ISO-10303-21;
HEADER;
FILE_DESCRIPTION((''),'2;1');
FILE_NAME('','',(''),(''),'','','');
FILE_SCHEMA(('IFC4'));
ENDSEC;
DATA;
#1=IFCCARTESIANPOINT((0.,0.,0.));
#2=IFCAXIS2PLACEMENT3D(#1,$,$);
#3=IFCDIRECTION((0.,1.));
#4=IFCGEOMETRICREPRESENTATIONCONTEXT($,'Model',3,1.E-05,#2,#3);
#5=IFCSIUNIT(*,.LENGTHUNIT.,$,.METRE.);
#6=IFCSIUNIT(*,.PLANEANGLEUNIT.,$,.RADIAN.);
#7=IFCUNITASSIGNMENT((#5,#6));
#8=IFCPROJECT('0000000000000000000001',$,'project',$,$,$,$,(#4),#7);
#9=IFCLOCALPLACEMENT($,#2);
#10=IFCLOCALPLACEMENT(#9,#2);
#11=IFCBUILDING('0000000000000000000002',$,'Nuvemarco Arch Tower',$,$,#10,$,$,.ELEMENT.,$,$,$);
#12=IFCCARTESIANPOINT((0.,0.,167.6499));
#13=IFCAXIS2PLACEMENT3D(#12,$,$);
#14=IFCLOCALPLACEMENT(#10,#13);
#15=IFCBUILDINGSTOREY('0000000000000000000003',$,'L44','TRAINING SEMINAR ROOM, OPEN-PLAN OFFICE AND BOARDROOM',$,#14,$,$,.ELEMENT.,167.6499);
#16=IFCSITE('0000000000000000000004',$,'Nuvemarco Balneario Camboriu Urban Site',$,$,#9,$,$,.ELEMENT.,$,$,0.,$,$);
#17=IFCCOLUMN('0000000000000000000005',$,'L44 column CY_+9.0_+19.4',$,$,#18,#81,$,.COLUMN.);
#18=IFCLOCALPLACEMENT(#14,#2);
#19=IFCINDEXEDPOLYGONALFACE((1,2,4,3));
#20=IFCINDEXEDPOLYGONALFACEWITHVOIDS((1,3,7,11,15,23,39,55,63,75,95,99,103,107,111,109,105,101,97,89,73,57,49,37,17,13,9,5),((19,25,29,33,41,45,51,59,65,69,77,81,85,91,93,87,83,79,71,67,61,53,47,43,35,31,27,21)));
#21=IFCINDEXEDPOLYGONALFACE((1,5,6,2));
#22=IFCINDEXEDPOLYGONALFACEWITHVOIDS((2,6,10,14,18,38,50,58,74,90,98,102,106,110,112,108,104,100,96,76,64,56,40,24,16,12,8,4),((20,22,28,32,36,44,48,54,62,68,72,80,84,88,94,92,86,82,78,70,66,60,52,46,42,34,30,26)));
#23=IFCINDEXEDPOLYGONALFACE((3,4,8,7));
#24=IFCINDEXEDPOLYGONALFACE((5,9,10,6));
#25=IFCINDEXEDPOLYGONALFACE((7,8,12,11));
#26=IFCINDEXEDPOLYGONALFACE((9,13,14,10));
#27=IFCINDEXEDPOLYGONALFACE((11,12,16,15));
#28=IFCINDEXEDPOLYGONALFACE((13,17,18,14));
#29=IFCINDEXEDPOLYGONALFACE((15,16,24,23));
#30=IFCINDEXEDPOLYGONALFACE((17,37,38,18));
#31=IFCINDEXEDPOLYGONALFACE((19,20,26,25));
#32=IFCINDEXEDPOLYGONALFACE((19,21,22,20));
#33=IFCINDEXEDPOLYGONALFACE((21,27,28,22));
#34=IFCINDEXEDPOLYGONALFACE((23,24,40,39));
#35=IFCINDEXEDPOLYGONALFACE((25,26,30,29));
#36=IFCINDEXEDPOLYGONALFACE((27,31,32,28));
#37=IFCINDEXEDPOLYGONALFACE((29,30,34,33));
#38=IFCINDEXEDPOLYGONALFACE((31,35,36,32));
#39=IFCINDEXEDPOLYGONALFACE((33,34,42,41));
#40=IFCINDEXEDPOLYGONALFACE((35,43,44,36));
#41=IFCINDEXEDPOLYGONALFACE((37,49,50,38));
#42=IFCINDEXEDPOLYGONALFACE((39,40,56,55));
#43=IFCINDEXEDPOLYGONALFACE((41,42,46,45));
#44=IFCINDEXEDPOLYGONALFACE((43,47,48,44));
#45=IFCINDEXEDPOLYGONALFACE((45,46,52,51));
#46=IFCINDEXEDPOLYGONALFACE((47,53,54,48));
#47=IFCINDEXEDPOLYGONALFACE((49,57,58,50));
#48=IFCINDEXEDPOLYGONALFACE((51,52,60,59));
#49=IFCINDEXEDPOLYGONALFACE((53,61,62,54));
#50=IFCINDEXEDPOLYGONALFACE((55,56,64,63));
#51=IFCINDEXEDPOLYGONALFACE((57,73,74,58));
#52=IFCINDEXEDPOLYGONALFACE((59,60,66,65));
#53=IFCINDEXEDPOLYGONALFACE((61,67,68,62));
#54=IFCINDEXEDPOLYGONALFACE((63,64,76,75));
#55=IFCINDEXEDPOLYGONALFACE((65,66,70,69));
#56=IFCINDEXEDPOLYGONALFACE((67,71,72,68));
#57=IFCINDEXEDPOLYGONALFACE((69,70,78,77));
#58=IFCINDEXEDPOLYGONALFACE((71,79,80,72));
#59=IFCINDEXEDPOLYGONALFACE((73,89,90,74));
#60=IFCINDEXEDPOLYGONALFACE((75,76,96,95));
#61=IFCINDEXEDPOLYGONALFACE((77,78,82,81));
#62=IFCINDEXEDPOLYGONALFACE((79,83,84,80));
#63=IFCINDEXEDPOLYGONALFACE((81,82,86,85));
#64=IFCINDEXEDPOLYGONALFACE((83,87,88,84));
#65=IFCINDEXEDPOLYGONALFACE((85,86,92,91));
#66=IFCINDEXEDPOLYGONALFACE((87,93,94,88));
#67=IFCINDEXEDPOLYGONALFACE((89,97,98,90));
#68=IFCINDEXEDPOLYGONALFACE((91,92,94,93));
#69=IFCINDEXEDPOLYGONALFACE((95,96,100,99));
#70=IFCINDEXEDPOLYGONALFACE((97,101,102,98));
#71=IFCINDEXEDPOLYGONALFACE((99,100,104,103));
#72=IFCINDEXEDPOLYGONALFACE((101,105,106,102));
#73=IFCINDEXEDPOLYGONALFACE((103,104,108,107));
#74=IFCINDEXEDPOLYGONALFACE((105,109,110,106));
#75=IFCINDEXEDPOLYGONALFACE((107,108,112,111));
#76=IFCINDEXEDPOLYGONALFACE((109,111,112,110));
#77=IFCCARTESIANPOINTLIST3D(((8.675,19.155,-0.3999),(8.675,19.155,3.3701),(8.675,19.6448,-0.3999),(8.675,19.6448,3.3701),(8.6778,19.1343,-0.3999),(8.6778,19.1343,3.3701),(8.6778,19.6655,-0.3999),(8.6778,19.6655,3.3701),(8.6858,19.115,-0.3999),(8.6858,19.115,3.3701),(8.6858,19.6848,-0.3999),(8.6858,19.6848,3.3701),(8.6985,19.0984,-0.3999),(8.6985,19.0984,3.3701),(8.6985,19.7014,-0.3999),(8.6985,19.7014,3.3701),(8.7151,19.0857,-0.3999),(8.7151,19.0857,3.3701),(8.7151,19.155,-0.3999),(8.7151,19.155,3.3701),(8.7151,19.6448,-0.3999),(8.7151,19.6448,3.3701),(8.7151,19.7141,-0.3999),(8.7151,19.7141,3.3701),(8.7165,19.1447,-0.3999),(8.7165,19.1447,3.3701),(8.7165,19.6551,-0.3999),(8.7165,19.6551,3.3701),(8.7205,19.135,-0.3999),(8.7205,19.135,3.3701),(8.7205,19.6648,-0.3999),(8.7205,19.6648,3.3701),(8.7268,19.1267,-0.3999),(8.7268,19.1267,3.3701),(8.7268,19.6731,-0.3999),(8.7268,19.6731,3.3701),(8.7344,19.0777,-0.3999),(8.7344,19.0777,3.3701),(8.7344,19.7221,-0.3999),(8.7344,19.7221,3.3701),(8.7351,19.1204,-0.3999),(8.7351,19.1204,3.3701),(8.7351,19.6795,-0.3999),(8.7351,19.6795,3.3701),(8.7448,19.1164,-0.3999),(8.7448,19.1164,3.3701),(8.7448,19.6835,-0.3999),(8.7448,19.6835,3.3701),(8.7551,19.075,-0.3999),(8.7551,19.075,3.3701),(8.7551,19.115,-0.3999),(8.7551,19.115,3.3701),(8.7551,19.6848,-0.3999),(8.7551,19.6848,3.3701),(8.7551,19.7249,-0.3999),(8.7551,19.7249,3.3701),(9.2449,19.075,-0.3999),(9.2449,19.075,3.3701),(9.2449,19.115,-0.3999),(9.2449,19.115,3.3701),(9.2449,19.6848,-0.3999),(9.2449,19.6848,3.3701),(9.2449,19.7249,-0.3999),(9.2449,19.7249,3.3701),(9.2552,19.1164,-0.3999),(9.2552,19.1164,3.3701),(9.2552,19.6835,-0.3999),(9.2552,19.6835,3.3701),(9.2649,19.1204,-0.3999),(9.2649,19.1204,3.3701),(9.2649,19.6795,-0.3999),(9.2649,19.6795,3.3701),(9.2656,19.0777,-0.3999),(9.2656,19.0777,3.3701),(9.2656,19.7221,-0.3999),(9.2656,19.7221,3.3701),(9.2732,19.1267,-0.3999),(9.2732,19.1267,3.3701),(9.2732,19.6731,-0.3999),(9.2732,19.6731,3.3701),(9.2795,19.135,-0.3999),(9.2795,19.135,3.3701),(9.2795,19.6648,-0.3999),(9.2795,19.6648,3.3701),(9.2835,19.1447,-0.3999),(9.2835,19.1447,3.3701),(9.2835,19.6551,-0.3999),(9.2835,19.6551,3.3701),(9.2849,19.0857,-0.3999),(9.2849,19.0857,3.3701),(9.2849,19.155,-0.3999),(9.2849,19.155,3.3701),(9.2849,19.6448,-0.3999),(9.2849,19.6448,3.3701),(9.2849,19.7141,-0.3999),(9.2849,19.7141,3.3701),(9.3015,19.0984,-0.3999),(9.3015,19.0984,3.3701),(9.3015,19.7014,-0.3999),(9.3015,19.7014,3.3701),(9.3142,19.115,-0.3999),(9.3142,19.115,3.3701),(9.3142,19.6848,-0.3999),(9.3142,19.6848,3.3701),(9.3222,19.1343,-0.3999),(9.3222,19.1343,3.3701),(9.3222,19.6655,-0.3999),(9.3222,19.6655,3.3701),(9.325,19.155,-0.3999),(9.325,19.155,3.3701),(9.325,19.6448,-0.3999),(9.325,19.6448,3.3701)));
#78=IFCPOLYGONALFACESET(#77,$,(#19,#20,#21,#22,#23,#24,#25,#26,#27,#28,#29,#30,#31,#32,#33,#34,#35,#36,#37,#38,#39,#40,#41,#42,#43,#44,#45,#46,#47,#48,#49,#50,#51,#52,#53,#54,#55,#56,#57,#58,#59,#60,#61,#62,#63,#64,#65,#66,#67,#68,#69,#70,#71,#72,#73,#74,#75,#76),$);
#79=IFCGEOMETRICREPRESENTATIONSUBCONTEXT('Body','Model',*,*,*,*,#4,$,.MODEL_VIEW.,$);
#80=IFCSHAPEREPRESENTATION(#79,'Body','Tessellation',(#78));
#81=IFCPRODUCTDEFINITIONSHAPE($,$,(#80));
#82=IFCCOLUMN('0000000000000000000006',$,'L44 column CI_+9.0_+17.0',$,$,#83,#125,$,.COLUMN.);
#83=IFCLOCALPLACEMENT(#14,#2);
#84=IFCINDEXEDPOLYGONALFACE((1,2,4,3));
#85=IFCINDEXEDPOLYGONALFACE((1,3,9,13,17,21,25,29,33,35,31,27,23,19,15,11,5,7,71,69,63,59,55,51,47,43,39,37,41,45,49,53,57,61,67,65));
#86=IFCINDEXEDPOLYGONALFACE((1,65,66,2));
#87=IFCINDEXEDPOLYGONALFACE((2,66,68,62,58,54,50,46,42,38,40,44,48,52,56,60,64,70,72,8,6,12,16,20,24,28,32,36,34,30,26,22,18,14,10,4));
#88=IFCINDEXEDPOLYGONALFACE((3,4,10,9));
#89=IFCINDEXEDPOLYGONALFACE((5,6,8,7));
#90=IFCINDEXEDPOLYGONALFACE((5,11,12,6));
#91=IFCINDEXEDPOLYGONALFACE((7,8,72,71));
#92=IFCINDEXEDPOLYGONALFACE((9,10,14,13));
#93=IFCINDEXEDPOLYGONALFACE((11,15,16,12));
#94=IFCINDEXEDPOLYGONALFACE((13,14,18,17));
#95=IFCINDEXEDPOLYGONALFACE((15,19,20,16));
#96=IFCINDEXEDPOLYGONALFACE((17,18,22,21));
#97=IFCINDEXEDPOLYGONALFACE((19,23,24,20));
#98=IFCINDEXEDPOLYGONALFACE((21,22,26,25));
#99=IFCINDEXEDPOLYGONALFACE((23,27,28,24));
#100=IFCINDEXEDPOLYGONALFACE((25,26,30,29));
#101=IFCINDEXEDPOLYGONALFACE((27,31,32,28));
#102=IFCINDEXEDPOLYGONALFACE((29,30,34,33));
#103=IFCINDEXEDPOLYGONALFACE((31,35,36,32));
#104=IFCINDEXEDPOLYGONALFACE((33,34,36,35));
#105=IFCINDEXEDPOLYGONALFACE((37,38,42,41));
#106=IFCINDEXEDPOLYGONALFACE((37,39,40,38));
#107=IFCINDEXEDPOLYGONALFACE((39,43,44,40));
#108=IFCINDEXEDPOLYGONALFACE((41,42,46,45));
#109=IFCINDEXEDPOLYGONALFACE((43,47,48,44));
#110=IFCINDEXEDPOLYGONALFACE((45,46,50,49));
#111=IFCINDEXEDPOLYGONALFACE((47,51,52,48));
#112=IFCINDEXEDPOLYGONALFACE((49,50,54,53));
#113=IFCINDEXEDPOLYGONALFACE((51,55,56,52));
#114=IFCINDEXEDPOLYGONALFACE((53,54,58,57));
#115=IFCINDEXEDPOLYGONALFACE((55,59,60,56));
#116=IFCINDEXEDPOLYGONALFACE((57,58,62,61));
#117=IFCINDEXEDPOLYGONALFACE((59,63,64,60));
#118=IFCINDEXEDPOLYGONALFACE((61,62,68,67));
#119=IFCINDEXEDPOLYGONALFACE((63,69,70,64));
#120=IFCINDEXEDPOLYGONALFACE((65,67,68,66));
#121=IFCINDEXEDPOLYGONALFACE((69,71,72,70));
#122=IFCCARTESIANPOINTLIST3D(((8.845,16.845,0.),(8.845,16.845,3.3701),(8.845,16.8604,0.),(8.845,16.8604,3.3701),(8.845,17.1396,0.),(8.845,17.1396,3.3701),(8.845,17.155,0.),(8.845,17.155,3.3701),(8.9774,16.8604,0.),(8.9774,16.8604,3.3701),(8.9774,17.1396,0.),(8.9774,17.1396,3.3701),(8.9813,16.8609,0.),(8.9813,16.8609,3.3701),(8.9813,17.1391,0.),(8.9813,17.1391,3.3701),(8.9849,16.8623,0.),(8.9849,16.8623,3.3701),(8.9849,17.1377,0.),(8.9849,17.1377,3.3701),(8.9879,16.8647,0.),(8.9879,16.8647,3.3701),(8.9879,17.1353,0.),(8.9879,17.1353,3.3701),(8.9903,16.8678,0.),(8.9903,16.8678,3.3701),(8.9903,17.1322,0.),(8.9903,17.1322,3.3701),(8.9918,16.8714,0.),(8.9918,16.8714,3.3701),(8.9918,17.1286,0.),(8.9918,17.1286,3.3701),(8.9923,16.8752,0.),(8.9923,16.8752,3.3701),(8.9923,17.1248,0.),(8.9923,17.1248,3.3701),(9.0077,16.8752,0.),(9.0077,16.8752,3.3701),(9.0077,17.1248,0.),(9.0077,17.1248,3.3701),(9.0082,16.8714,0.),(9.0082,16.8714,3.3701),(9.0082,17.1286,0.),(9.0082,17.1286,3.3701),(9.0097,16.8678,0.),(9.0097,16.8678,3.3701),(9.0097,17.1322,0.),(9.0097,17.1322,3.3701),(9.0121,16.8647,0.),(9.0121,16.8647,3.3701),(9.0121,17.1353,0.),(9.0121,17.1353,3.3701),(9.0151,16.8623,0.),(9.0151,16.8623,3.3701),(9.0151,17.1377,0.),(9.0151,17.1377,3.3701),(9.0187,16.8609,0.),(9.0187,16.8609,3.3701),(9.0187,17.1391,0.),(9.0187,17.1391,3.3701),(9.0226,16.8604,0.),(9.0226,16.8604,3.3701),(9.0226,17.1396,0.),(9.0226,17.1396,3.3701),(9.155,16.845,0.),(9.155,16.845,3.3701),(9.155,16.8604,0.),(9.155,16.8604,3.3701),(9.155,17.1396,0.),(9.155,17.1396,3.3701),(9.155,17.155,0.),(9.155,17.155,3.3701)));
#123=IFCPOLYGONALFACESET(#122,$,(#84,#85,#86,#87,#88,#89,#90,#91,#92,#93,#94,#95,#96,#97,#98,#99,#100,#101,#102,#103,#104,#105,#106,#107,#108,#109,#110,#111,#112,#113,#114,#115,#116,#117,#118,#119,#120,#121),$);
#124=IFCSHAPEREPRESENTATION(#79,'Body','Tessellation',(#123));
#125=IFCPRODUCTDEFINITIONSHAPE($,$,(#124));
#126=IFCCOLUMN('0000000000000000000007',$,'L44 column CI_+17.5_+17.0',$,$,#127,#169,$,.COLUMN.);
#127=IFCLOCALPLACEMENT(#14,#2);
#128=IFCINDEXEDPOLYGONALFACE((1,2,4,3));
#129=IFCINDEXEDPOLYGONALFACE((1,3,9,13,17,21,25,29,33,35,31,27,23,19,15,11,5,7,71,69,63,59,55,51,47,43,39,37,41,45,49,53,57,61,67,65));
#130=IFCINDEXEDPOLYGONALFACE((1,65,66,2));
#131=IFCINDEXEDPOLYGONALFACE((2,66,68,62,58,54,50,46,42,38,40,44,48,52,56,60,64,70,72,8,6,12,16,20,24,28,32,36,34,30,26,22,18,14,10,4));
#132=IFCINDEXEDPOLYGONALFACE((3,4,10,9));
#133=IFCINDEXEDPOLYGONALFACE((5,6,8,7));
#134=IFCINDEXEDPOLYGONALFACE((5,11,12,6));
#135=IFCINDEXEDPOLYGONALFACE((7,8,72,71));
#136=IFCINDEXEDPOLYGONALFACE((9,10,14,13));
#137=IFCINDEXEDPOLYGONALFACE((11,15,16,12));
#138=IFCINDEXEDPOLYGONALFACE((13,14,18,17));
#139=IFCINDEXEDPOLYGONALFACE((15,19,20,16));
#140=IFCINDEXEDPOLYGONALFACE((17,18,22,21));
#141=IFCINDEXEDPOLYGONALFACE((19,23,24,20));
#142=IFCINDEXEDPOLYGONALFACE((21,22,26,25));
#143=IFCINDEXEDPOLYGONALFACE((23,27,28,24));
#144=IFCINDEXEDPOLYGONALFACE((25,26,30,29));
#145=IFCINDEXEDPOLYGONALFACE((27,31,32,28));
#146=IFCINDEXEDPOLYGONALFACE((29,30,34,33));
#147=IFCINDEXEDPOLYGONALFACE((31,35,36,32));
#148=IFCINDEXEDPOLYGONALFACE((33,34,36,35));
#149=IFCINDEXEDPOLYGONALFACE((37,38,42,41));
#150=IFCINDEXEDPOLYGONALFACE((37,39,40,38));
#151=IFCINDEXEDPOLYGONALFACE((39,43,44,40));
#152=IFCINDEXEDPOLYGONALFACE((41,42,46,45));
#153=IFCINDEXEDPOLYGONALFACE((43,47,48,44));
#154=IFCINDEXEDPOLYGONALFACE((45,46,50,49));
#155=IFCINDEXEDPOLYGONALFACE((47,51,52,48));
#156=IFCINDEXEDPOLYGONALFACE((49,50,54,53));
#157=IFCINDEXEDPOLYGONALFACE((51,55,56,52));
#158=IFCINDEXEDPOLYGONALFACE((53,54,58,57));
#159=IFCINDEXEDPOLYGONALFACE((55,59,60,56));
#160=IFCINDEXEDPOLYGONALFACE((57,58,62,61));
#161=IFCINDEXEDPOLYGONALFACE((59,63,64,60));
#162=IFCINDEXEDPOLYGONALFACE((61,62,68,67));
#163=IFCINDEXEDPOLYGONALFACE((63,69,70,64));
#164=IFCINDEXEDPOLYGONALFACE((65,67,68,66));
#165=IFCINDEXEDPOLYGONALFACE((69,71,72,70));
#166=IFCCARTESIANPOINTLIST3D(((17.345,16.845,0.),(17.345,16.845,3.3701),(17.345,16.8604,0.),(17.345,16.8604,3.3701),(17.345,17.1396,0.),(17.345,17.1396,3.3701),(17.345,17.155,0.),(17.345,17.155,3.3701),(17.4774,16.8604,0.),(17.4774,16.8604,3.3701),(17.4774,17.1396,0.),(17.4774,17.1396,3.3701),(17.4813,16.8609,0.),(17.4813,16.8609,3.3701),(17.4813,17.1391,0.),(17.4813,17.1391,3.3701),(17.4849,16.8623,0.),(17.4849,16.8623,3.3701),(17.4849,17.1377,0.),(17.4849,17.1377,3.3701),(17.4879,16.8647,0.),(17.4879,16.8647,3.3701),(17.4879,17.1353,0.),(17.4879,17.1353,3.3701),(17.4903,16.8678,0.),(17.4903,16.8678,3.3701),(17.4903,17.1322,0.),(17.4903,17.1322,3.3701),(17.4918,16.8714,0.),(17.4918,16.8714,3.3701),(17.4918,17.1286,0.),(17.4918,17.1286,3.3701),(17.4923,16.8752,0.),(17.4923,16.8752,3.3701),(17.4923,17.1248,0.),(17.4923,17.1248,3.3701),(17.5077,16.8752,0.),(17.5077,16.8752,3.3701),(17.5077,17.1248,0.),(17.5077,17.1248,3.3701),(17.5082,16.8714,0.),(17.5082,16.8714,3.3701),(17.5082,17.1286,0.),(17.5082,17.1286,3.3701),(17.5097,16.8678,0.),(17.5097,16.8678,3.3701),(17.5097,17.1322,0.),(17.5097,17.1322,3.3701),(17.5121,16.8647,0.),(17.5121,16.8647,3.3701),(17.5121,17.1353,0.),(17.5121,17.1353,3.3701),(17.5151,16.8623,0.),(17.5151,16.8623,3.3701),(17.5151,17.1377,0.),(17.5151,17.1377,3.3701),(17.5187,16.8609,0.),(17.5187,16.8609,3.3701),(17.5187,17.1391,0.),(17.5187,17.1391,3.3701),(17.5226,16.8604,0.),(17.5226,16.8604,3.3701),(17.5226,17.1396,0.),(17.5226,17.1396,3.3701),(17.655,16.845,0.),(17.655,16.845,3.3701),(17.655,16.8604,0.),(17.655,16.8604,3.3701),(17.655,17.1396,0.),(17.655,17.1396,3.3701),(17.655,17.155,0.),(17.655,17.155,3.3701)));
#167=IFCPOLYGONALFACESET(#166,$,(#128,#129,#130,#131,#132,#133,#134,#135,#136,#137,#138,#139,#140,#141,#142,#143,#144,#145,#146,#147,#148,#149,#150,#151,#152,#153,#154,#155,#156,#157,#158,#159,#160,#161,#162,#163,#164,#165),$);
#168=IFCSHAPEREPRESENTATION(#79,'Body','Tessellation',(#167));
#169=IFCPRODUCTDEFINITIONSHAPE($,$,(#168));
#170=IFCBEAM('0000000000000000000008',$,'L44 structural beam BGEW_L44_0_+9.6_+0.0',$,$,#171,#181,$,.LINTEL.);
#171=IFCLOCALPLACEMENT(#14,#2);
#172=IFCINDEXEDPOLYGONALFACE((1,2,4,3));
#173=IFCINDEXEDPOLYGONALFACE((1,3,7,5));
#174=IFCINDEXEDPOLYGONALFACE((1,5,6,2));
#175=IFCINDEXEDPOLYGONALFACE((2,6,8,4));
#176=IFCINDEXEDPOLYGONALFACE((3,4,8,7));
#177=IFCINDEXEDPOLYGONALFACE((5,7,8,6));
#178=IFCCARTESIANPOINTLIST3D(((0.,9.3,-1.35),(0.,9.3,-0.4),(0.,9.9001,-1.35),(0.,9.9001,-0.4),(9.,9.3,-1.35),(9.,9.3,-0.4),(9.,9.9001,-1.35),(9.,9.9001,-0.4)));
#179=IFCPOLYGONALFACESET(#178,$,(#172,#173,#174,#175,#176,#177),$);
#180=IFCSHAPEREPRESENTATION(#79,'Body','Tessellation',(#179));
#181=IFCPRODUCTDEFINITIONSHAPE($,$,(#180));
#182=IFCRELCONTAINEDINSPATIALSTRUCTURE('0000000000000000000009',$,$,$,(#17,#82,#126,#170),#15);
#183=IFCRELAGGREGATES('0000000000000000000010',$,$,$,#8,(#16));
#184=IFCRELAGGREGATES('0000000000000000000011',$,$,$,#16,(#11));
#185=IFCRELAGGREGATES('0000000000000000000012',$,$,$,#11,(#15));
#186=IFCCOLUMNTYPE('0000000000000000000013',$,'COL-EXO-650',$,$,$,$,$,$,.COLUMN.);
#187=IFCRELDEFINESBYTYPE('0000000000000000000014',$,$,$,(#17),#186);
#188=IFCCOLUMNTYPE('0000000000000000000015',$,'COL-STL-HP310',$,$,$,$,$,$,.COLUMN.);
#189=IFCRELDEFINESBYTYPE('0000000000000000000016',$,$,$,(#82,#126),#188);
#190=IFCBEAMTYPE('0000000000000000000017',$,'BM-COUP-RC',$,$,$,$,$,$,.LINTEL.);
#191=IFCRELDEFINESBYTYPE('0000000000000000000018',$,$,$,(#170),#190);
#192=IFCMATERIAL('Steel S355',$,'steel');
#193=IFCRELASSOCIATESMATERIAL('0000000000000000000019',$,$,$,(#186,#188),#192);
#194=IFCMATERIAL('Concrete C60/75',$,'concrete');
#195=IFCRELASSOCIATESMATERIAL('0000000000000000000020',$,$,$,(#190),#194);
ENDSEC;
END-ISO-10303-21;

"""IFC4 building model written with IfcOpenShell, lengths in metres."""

from ifc_helpers import new_model, si_unit, direction, frame, origin, origin_2d, place, context, subcontext, project, spatial, rectangle, hollow_rectangle, i_section, extrude, material, material_profile, profile_set, type_object, element, save


model = new_model("IFC4")

# Units and contexts
model_context = context("Model", 3, precision=1e-05, world=origin(), true_north=direction((0.0, 1.0)))
body_context = subcontext(model_context, "Body", "Model", "MODEL_VIEW")
ifc_project = project(units=[si_unit("LENGTHUNIT", "METRE"), si_unit("PLANEANGLEUNIT", "RADIAN")], contexts=[model_context])

# Site, building, storey
site_placement = place(None, origin())
site = spatial("IfcSite", under=ifc_project, at=site_placement, Name="Nuvemarco Balneario Camboriu Urban Site", CompositionType="ELEMENT", RefElevation=0.0)
building_placement = place(site_placement, origin())
building = spatial("IfcBuilding", under=site, at=building_placement, Name="Nuvemarco Arch Tower", CompositionType="ELEMENT")
storey_placement = place(building_placement, frame((0.0, 0.0, 167.6499)))
storey = spatial("IfcBuildingStorey", under=building, at=storey_placement, Name="L44", Description="TRAINING SEMINAR ROOM, OPEN-PLAN OFFICE AND BOARDROOM", CompositionType="ELEMENT", Elevation=167.6499)

# Columns
ifc_material_1 = material(Name="Steel S355", Category="steel")
ifc_material_profile_1 = material_profile(ifc_material_1, hollow_rectangle(XDim=0.6499, YDim=0.6499, WallThickness=0.04, InnerFilletRadius=0.04, OuterFilletRadius=0.0801, at=origin_2d()), Name="SHS650x650x40")
ifc_profile_set_1 = profile_set([ifc_material_profile_1], Name="Steel S355")
column_type_1 = type_object("IfcColumnType", Name="COL-EXO-650", PredefinedType="COLUMN", material=ifc_profile_set_1)
for number, where, z_axis, x_axis, name in (
    (1, (9.0, 19.3999, -0.3999), (0.0, 0.0, 1.0), (1.0, 0.0, 0.0), "L44 column CY_+9.0_+19.4"),
):
    element("IfcColumn", number, at=place(storey_placement, frame(where, z_axis=z_axis, x_axis=x_axis)), inside=storey, type_object=column_type_1, Name=name, PredefinedType="COLUMN", context=body_context, shape_type="SweptSolid", body=[
        extrude(hollow_rectangle(XDim=0.6499, YDim=0.6499, WallThickness=0.04, InnerFilletRadius=0.04, OuterFilletRadius=0.0801, at=origin_2d()), origin(), (0.0, 0.0, 1.0), 3.77),
    ])
ifc_material_profile_2 = material_profile(ifc_material_1, i_section(OverallWidth=0.3101, OverallDepth=0.3101, WebThickness=0.0154, FlangeThickness=0.0154, FilletRadius=0.0149, at=origin_2d()), Name="HP310x110")
ifc_profile_set_2 = profile_set([ifc_material_profile_2], Name="Steel S355")
column_type_2 = type_object("IfcColumnType", Name="COL-STL-HP310", PredefinedType="COLUMN", material=ifc_profile_set_2)
for number, where, z_axis, x_axis, name in (
    (2, (9.0, 17.0, 0.0), (0.0, 0.0, 1.0), (1.0, 0.0, 0.0), "L44 column CI_+9.0_+17.0"),
    (3, (17.5, 17.0, 0.0), (0.0, 0.0, 1.0), (1.0, 0.0, 0.0), "L44 column CI_+17.5_+17.0"),
):
    element("IfcColumn", number, at=place(storey_placement, frame(where, z_axis=z_axis, x_axis=x_axis)), inside=storey, type_object=column_type_2, Name=name, PredefinedType="COLUMN", context=body_context, shape_type="SweptSolid", body=[
        extrude(i_section(OverallWidth=0.3101, OverallDepth=0.3101, WebThickness=0.0154, FlangeThickness=0.0154, FilletRadius=0.0149, at=origin_2d()), origin(), (0.0, 0.0, 1.0), 3.3701),
    ])

# Beam
ifc_material_2 = material(Name="Concrete C60/75", Category="concrete")
ifc_material_profile_3 = material_profile(ifc_material_2, rectangle(XDim=0.6001, YDim=0.95, at=origin_2d()), Name="RC-BM-600x950")
ifc_profile_set_3 = profile_set([ifc_material_profile_3], Name="Concrete C60/75")
beam_type_1 = type_object("IfcBeamType", Name="BM-COUP-RC", PredefinedType="LINTEL", material=ifc_profile_set_3)
beam_1_placement = place(storey_placement, frame((0.0, 9.6001, -0.875), z_axis=(1.0, 0.0, 0.0), x_axis=(0.0, 1.0, 0.0)))
element("IfcBeam", 4, at=beam_1_placement, inside=storey, type_object=beam_type_1, Name="L44 structural beam BGEW_L44_0_+9.6_+0.0", PredefinedType="LINTEL", context=body_context, shape_type="SweptSolid", body=[
    extrude(rectangle(XDim=0.6001, YDim=0.95, at=origin_2d()), origin(), (0.0, 0.0, 1.0), 9.0),
])

save(model, "model.ifc")
